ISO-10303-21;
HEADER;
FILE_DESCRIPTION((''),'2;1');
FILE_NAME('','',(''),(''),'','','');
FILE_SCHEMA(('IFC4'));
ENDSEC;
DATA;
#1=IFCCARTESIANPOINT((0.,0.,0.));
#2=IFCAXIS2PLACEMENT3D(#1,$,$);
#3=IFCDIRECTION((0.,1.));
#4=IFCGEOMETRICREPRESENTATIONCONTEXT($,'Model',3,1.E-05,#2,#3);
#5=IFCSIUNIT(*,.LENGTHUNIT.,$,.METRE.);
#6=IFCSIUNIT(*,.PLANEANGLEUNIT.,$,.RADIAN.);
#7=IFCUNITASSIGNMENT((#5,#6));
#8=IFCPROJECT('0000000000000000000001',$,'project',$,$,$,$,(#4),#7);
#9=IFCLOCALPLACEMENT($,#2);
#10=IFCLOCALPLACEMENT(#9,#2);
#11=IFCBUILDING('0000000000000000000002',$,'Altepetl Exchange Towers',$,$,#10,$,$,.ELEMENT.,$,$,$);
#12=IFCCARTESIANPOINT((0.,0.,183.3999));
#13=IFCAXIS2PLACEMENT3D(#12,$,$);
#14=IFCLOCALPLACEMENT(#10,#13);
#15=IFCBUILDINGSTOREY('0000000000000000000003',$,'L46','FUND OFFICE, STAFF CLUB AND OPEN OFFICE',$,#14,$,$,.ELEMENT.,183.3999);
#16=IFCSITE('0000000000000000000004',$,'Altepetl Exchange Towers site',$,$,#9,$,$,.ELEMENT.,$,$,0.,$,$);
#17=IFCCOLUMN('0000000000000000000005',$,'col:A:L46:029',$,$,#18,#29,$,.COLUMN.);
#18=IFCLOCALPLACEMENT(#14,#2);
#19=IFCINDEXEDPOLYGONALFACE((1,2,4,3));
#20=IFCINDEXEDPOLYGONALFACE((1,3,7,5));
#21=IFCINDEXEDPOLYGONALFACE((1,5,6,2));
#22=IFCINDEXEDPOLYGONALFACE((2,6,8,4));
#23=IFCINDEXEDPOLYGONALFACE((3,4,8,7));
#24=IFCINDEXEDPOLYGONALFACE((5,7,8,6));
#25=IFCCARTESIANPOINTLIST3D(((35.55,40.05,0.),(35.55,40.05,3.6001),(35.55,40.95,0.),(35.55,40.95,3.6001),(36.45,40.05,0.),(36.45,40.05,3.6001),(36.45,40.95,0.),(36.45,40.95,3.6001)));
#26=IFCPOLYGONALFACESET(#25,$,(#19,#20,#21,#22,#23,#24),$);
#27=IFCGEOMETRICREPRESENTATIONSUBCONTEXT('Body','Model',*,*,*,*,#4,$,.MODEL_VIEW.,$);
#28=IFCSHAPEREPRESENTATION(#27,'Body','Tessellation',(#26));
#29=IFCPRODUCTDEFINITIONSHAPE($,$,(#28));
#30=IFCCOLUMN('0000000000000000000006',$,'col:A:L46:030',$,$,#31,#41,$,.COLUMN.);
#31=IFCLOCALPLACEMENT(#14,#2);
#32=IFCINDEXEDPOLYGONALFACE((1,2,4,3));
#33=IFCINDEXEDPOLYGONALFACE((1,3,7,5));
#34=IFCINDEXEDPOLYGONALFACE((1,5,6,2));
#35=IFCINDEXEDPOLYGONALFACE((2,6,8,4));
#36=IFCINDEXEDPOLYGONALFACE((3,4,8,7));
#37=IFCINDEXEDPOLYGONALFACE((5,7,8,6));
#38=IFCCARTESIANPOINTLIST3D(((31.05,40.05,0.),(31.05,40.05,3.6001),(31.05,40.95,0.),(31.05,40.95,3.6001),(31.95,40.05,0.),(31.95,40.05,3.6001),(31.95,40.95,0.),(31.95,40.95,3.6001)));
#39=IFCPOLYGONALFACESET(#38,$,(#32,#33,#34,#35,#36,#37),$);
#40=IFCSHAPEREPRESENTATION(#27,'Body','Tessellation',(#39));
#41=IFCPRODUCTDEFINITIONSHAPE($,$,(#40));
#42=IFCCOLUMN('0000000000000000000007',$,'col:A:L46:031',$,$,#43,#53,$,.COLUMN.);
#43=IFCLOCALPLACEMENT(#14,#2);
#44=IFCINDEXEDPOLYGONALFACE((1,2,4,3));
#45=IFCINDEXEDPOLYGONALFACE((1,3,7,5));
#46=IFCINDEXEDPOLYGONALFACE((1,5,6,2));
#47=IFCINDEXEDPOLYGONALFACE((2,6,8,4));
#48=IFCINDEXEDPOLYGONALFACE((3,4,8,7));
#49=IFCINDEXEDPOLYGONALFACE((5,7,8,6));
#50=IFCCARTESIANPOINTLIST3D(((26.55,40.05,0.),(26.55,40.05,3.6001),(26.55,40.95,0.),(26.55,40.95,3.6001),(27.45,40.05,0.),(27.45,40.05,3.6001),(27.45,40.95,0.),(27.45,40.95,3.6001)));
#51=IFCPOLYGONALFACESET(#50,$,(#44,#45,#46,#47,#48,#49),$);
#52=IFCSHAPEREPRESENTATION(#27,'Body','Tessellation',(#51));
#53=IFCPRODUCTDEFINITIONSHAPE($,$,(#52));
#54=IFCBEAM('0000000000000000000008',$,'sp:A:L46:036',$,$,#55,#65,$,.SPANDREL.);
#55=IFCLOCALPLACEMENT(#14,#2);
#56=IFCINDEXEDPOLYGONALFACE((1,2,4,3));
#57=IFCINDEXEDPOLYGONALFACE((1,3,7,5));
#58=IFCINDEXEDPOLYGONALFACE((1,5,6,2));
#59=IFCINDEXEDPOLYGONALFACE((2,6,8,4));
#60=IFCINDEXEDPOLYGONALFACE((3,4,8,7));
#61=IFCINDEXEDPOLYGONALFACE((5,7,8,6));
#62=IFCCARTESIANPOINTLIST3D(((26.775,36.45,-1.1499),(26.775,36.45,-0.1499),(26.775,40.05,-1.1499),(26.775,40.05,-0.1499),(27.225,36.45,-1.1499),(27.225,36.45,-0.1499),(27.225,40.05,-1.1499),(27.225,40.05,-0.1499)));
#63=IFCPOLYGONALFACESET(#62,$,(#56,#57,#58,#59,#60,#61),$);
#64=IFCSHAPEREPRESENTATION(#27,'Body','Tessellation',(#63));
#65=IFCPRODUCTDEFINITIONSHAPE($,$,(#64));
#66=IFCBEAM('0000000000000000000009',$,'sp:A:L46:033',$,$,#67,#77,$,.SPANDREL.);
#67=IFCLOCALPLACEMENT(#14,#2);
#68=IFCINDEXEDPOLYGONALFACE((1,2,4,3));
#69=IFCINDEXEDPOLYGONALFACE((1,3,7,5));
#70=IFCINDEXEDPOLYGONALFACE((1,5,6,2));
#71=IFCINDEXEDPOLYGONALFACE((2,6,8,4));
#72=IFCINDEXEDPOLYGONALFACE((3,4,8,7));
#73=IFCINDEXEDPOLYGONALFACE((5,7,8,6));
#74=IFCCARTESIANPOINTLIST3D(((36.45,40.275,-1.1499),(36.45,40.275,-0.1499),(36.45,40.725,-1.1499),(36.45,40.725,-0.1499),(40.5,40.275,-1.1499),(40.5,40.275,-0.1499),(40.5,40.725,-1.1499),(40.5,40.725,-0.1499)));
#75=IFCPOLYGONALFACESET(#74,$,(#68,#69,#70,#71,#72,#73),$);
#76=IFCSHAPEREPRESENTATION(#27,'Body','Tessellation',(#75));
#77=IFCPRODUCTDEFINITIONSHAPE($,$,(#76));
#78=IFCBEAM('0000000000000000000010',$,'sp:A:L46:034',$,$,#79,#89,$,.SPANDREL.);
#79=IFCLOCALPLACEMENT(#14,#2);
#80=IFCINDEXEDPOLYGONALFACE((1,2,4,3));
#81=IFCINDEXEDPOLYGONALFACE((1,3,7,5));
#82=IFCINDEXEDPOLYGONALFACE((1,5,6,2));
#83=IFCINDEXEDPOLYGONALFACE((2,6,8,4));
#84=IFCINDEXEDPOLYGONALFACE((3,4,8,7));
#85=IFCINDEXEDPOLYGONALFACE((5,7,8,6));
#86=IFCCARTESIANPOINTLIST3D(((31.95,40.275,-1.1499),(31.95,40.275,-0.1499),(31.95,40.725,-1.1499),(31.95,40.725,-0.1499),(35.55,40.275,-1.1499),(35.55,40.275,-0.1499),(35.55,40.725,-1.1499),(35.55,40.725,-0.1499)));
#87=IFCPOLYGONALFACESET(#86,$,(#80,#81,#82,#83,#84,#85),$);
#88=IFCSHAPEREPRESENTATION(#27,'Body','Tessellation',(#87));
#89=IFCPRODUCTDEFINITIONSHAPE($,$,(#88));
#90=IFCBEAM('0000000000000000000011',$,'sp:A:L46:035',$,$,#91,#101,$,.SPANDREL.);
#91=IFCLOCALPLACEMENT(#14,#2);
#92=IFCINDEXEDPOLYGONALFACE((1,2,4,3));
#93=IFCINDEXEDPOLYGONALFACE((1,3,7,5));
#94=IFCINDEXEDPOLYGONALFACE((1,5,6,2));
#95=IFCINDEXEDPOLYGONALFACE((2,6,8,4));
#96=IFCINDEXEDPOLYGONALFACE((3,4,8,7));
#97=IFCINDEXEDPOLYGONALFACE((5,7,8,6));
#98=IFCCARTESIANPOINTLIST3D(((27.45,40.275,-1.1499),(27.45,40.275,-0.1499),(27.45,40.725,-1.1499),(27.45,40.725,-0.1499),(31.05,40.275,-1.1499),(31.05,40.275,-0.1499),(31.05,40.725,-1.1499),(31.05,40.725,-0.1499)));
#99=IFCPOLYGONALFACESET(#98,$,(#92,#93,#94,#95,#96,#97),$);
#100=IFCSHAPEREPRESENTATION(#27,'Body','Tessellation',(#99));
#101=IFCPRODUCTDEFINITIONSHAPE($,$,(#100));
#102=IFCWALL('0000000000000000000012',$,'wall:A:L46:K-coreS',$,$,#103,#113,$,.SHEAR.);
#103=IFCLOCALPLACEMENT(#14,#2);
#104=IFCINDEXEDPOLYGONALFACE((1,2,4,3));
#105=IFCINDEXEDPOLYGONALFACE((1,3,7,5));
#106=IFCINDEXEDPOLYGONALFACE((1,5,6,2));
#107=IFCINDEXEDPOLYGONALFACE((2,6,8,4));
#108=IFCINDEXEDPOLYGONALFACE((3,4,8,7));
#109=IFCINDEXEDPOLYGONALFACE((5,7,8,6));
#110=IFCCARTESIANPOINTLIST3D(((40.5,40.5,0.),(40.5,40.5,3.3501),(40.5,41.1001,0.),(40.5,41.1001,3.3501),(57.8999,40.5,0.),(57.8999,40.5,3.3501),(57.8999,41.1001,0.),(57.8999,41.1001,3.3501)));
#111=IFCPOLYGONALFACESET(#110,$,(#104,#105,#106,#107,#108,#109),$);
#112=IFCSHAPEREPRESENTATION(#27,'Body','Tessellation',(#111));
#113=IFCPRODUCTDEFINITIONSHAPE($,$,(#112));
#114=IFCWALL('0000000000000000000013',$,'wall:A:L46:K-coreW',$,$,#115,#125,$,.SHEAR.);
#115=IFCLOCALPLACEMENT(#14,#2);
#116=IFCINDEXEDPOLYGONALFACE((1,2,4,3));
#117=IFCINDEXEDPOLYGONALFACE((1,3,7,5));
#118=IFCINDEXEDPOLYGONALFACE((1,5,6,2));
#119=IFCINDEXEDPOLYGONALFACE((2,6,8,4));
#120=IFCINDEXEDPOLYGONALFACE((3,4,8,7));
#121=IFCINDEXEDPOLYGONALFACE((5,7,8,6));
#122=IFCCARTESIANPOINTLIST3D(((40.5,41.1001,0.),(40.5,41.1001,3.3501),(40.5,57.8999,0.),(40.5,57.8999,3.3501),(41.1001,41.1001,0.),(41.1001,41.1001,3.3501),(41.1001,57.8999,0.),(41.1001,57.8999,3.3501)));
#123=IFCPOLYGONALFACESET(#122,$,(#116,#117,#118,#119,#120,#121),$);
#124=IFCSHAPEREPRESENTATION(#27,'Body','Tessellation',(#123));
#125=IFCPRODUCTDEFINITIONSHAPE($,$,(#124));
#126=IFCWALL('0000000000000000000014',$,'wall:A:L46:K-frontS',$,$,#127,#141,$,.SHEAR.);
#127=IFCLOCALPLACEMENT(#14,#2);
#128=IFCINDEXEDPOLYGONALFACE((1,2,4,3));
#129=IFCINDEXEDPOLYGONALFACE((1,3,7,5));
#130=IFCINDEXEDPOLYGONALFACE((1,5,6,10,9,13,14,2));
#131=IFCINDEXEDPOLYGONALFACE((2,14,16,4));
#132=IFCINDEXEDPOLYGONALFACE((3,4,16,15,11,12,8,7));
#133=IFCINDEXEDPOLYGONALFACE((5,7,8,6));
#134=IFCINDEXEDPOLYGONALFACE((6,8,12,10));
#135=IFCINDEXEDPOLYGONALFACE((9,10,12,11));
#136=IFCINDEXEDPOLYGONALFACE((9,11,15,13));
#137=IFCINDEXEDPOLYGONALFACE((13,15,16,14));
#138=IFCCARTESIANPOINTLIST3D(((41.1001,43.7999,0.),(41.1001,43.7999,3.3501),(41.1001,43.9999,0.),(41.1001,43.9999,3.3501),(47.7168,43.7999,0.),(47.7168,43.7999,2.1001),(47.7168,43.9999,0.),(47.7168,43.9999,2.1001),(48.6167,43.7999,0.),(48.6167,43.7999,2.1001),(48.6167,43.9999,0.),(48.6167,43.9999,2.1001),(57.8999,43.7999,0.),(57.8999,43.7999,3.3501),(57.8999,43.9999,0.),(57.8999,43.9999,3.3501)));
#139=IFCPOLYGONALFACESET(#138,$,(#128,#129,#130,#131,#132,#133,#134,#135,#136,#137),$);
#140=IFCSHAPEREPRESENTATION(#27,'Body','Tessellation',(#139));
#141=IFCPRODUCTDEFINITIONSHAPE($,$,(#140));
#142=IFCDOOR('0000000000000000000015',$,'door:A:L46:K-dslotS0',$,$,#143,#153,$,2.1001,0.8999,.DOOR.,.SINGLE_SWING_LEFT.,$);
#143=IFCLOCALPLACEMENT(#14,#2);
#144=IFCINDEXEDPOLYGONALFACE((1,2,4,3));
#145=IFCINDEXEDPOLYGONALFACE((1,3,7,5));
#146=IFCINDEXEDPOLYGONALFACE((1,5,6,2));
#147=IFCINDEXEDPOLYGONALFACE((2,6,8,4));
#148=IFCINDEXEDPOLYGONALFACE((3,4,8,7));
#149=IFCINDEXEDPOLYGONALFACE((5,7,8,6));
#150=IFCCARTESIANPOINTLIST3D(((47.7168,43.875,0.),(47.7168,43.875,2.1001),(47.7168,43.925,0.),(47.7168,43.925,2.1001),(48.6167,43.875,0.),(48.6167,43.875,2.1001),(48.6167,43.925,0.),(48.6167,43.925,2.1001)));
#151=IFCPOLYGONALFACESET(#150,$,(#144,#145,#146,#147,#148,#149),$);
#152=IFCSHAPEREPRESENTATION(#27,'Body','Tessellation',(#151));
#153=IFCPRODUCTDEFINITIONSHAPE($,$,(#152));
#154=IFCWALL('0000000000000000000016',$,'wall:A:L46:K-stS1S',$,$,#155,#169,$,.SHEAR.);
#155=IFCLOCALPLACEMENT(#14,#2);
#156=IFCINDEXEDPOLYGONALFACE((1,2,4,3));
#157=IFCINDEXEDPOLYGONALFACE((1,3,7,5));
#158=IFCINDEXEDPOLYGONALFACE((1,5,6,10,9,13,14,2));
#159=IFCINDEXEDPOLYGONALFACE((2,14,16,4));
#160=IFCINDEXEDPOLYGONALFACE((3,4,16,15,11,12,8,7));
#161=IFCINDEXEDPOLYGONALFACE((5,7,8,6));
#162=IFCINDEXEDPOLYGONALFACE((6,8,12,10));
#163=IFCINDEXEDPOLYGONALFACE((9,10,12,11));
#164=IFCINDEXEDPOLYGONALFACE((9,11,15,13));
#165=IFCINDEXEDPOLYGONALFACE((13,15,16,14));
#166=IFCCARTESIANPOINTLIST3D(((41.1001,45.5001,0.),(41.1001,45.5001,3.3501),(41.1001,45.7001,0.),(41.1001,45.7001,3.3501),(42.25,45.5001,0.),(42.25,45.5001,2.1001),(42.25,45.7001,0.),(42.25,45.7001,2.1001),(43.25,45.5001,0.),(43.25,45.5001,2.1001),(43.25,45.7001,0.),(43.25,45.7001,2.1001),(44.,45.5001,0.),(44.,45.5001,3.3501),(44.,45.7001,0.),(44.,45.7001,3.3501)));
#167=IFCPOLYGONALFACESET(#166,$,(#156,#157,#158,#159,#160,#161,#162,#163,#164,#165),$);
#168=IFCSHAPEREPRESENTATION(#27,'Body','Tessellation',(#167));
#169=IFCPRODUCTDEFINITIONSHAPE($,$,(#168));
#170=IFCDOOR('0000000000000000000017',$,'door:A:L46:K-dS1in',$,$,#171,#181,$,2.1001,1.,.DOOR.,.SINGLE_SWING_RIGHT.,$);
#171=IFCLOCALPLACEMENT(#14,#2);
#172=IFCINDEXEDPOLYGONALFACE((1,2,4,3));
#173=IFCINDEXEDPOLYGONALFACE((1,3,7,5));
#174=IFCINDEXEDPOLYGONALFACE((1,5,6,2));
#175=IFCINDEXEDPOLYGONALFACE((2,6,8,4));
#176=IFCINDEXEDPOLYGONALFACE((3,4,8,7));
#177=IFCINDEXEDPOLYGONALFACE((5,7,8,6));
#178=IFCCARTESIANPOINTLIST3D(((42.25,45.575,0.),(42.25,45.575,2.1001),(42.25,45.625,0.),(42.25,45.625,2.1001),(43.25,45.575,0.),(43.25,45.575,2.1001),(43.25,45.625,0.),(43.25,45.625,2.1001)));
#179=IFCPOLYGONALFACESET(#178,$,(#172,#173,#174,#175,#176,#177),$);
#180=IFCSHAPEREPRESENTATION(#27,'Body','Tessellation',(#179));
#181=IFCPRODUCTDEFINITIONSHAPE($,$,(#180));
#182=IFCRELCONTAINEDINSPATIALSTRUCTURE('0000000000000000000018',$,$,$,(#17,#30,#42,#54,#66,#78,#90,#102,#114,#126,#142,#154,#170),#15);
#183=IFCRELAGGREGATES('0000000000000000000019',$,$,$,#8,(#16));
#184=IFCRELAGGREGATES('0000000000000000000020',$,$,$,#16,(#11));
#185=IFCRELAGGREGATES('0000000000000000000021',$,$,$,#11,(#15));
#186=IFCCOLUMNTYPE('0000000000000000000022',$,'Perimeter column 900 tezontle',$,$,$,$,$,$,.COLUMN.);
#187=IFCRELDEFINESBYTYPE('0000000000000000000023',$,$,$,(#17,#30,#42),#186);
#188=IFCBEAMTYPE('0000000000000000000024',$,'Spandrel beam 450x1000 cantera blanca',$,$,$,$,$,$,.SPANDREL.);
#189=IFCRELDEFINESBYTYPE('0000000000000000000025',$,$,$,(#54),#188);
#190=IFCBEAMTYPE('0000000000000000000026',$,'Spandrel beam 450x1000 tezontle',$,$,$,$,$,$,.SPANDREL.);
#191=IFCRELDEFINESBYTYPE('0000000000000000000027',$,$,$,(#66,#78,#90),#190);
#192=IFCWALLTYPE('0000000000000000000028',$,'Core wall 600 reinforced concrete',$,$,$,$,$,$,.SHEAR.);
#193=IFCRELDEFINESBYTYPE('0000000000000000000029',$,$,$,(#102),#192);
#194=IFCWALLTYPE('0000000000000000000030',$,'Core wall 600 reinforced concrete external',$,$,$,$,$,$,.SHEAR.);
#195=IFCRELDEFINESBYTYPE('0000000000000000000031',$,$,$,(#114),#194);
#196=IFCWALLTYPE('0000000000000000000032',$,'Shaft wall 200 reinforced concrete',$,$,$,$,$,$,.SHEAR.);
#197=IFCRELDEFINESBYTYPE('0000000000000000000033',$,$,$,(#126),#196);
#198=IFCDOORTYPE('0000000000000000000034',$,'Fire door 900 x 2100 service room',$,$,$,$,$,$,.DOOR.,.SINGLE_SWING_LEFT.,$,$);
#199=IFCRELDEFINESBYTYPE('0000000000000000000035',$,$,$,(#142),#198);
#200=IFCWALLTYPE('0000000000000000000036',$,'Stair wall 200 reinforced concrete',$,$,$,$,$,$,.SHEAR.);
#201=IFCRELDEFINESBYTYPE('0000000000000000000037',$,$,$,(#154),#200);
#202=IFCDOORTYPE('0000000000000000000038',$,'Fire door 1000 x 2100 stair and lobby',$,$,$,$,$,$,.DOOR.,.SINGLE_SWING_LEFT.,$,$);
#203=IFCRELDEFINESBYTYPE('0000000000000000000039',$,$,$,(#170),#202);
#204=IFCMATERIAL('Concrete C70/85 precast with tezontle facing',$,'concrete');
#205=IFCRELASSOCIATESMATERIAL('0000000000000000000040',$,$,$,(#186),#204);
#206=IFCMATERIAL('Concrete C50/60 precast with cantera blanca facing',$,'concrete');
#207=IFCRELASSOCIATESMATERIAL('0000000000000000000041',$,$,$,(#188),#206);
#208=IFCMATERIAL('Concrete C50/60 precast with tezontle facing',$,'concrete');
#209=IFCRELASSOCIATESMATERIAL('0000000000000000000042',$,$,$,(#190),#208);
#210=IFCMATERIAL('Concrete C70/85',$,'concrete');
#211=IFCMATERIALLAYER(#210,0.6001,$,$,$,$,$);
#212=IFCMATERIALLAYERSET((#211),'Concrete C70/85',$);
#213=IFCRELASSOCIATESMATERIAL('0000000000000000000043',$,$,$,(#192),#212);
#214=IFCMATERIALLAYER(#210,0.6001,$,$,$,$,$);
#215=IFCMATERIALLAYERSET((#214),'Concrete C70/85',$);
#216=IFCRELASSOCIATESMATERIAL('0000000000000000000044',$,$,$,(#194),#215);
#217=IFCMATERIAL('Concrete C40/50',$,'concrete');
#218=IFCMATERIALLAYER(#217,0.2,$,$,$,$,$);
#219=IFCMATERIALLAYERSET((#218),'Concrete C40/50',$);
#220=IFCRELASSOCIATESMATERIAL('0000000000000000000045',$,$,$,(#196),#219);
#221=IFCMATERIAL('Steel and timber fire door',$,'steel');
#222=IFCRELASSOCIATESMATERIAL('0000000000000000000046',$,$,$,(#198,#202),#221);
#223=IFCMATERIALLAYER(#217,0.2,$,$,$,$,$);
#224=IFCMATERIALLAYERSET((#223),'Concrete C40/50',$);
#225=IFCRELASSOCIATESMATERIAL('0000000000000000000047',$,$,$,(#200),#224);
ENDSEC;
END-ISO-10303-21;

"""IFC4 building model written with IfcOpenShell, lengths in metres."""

from ifc_helpers import new_model, si_unit, direction, frame, frame_2d, origin, origin_2d, place, context, subcontext, project, spatial, rectangle, extrude, material, layer, layer_set, material_profile, profile_set, type_object, element, fill, save


model = new_model("IFC4")

# Units and contexts
model_context = context("Model", 3, precision=1e-05, world=origin(), true_north=direction((0.0, 1.0)))
body_context = subcontext(model_context, "Body", "Model", "MODEL_VIEW")
ifc_project = project(units=[si_unit("LENGTHUNIT", "METRE"), si_unit("PLANEANGLEUNIT", "RADIAN")], contexts=[model_context])

# Site, building, storey
site_placement = place(None, origin())
site = spatial("IfcSite", under=ifc_project, at=site_placement, Name="Altepetl Exchange Towers site", CompositionType="ELEMENT", RefElevation=0.0)
building_placement = place(site_placement, origin())
building = spatial("IfcBuilding", under=site, at=building_placement, Name="Altepetl Exchange Towers", CompositionType="ELEMENT")
storey_placement = place(building_placement, frame((0.0, 0.0, 183.3999)))
storey = spatial("IfcBuildingStorey", under=building, at=storey_placement, Name="L46", Description="FUND OFFICE, STAFF CLUB AND OPEN OFFICE", CompositionType="ELEMENT", Elevation=183.3999)

# Columns
ifc_material_1 = material(Name="Concrete C70/85 precast with tezontle facing", Category="concrete")
ifc_material_profile_1 = material_profile(ifc_material_1, rectangle(XDim=0.8999, YDim=0.8999, at=origin_2d()), Name="900 x 900")
ifc_profile_set_1 = profile_set([ifc_material_profile_1], Name="Concrete C70/85 precast with tezontle facing")
column_type = type_object("IfcColumnType", Name="Perimeter column 900 tezontle", PredefinedType="COLUMN", material=ifc_profile_set_1)
for number, where, name in (
    (1, (36.0, 40.5, 0.0), "col:A:L46:029"),
    (2, (31.5, 40.5, 0.0), "col:A:L46:030"),
    (3, (27.0, 40.5, 0.0), "col:A:L46:031"),
):
    element("IfcColumn", number, at=place(storey_placement, frame(where)), inside=storey, type_object=column_type, Name=name, PredefinedType="COLUMN", context=body_context, shape_type="SweptSolid", body=[
        extrude(rectangle(XDim=0.8999, YDim=0.8999, at=origin_2d()), origin(), (0.0, 0.0, 1.0), 3.6001),
    ])

# Beams
ifc_material_2 = material(Name="Concrete C50/60 precast with cantera blanca facing", Category="concrete")
ifc_material_profile_2 = material_profile(ifc_material_2, rectangle(XDim=0.45, YDim=1.0, at=origin_2d()), Name="450 x 1000")
ifc_profile_set_2 = profile_set([ifc_material_profile_2], Name="Concrete C50/60 precast with cantera blanca facing")
beam_type_1 = type_object("IfcBeamType", Name="Spandrel beam 450x1000 cantera blanca", PredefinedType="SPANDREL", material=ifc_profile_set_2)
beam_1_placement = place(storey_placement, frame((27.0, 40.05, -0.6499), z_axis=(0.0, -1.0, 0.0), x_axis=(1.0, 0.0, 0.0)))
element("IfcBeam", 4, at=beam_1_placement, inside=storey, type_object=beam_type_1, Name="sp:A:L46:036", PredefinedType="SPANDREL", context=body_context, shape_type="SweptSolid", body=[
    extrude(rectangle(XDim=0.45, YDim=1.0, at=origin_2d()), origin(), (0.0, 0.0, 1.0), 3.6001),
])
ifc_material_3 = material(Name="Concrete C50/60 precast with tezontle facing", Category="concrete")
ifc_material_profile_3 = material_profile(ifc_material_3, rectangle(XDim=0.45, YDim=1.0, at=origin_2d()), Name="450 x 1000")
ifc_profile_set_3 = profile_set([ifc_material_profile_3], Name="Concrete C50/60 precast with tezontle facing")
beam_type_2 = type_object("IfcBeamType", Name="Spandrel beam 450x1000 tezontle", PredefinedType="SPANDREL", material=ifc_profile_set_3)
beam_2_placement = place(storey_placement, frame((40.5, 40.5, -0.6499), z_axis=(-1.0, 0.0, 0.0), x_axis=(0.0, -1.0, 0.0)))
element("IfcBeam", 5, at=beam_2_placement, inside=storey, type_object=beam_type_2, Name="sp:A:L46:033", PredefinedType="SPANDREL", context=body_context, shape_type="SweptSolid", body=[
    extrude(rectangle(XDim=0.45, YDim=1.0, at=origin_2d()), origin(), (0.0, 0.0, 1.0), 4.05),
])
for number, where, z_axis, x_axis, name in (
    (6, (35.55, 40.5, -0.6499), (-1.0, 0.0, 0.0), (0.0, -1.0, 0.0), "sp:A:L46:034"),
    (7, (31.05, 40.5, -0.6499), (-1.0, 0.0, 0.0), (0.0, -1.0, 0.0), "sp:A:L46:035"),
):
    element("IfcBeam", number, at=place(storey_placement, frame(where, z_axis=z_axis, x_axis=x_axis)), inside=storey, type_object=beam_type_2, Name=name, PredefinedType="SPANDREL", context=body_context, shape_type="SweptSolid", body=[
        extrude(rectangle(XDim=0.45, YDim=1.0, at=origin_2d()), origin(), (0.0, 0.0, 1.0), 3.6001),
    ])

# Walls
ifc_material_4 = material(Name="Concrete C70/85", Category="concrete")
ifc_layer_1 = layer(ifc_material_4, 0.6001)
ifc_layer_set_1 = layer_set([ifc_layer_1], Name="Concrete C70/85")
wall_type_1 = type_object("IfcWallType", Name="Core wall 600 reinforced concrete", PredefinedType="SHEAR", material=ifc_layer_set_1)
wall_1_placement = place(storey_placement, frame((40.5, 40.8, 0.0)))
element("IfcWall", 8, at=wall_1_placement, inside=storey, type_object=wall_type_1, Name="wall:A:L46:K-coreS", PredefinedType="SHEAR", context=body_context, shape_type="SweptSolid", body=[
    extrude(rectangle(XDim=17.3999, YDim=0.6001, at=frame_2d((8.7, 0.0))), origin(), (0.0, 0.0, 1.0), 3.3501),
])
ifc_layer_2 = layer(ifc_material_4, 0.6001)
ifc_layer_set_2 = layer_set([ifc_layer_2], Name="Concrete C70/85")
wall_type_2 = type_object("IfcWallType", Name="Core wall 600 reinforced concrete external", PredefinedType="SHEAR", material=ifc_layer_set_2)
wall_2_placement = place(storey_placement, frame((40.8, 41.1001, 0.0), z_axis=(0.0, 0.0, 1.0), x_axis=(0.0, 1.0, 0.0)))
element("IfcWall", 9, at=wall_2_placement, inside=storey, type_object=wall_type_2, Name="wall:A:L46:K-coreW", PredefinedType="SHEAR", context=body_context, shape_type="SweptSolid", body=[
    extrude(rectangle(XDim=16.7998, YDim=0.6001, at=frame_2d((8.3999, 0.0))), origin(), (0.0, 0.0, 1.0), 3.3501),
])

# Walls, openings, doors
ifc_material_5 = material(Name="Concrete C40/50", Category="concrete")
ifc_layer_3 = layer(ifc_material_5, 0.2)
ifc_layer_set_3 = layer_set([ifc_layer_3], Name="Concrete C40/50")
wall_type_3 = type_object("IfcWallType", Name="Shaft wall 200 reinforced concrete", PredefinedType="SHEAR", material=ifc_layer_set_3)
wall_3_placement = place(storey_placement, frame((41.1001, 43.8999, 0.0)))
wall_3 = element("IfcWall", 10, at=wall_3_placement, inside=storey, type_object=wall_type_3, Name="wall:A:L46:K-frontS", PredefinedType="SHEAR", context=body_context, shape_type="SweptSolid", body=[
    extrude(rectangle(XDim=16.7998, YDim=0.2, at=frame_2d((8.3999, 0.0))), origin(), (0.0, 0.0, 1.0), 3.3501),
])
opening_1_placement = place(wall_3_placement, frame((6.6167, 0.0, 0.0)))
opening_1 = element("IfcOpeningElement", 11, at=opening_1_placement, cuts=wall_3, PredefinedType="OPENING", context=body_context, shape_type="SweptSolid", body=[
    extrude(rectangle(XDim=0.8999, YDim=2.1001, at=frame_2d((0.45, 1.05))), frame((0.0, 0.1099, 0.0), z_axis=(0.0, -1.0, 0.0), x_axis=(1.0, 0.0, 0.0)), (0.0, 0.0, 1.0), 0.22),
])
ifc_material_6 = material(Name="Steel and timber fire door", Category="steel")
door_type_1 = type_object("IfcDoorType", Name="Fire door 900 x 2100 service room", OperationType="SINGLE_SWING_LEFT", PredefinedType="DOOR", material=ifc_material_6)
door_1_placement = place(opening_1_placement, frame((0.8999, 0.0, 0.0), x_axis=(-1.0, 0.0, 0.0)))
door_1 = element("IfcDoor", 12, at=door_1_placement, inside=storey, type_object=door_type_1, Name="door:A:L46:K-dslotS0", OperationType="SINGLE_SWING_LEFT", OverallHeight=2.1001, OverallWidth=0.8999, PredefinedType="DOOR", context=body_context, shape_type="SweptSolid", body=[
    extrude(rectangle(XDim=0.8999, YDim=2.1001, at=frame_2d((0.45, 1.05))), frame((0.0, 0.0249, 0.0), z_axis=(0.0, -1.0, 0.0), x_axis=(1.0, 0.0, 0.0)), (0.0, 0.0, 1.0), 0.05),
])
fill(opening_1, door_1)
ifc_layer_4 = layer(ifc_material_5, 0.2)
ifc_layer_set_4 = layer_set([ifc_layer_4], Name="Concrete C40/50")
wall_type_4 = type_object("IfcWallType", Name="Stair wall 200 reinforced concrete", PredefinedType="SHEAR", material=ifc_layer_set_4)
wall_4_placement = place(storey_placement, frame((41.1001, 45.6001, 0.0)))
wall_4 = element("IfcWall", 13, at=wall_4_placement, inside=storey, type_object=wall_type_4, Name="wall:A:L46:K-stS1S", PredefinedType="SHEAR", context=body_context, shape_type="SweptSolid", body=[
    extrude(rectangle(XDim=2.8999, YDim=0.2, at=frame_2d((1.45, 0.0))), origin(), (0.0, 0.0, 1.0), 3.3501),
])
opening_2_placement = place(wall_4_placement, frame((1.1499, 0.0, 0.0)))
opening_2 = element("IfcOpeningElement", 14, at=opening_2_placement, cuts=wall_4, PredefinedType="OPENING", context=body_context, shape_type="SweptSolid", body=[
    extrude(rectangle(XDim=1.0, YDim=2.1001, at=frame_2d((0.5, 1.05))), frame((0.0, 0.1099, 0.0), z_axis=(0.0, -1.0, 0.0), x_axis=(1.0, 0.0, 0.0)), (0.0, 0.0, 1.0), 0.22),
])
door_type_2 = type_object("IfcDoorType", Name="Fire door 1000 x 2100 stair and lobby", OperationType="SINGLE_SWING_LEFT", PredefinedType="DOOR", material=ifc_material_6)
door_2_placement = place(opening_2_placement, origin())
door_2 = element("IfcDoor", 15, at=door_2_placement, inside=storey, type_object=door_type_2, Name="door:A:L46:K-dS1in", OperationType="SINGLE_SWING_RIGHT", OverallHeight=2.1001, OverallWidth=1.0, PredefinedType="DOOR", context=body_context, shape_type="SweptSolid", body=[
    extrude(rectangle(XDim=1.0, YDim=2.1001, at=frame_2d((0.5, 1.05))), frame((0.0, 0.0249, 0.0), z_axis=(0.0, -1.0, 0.0), x_axis=(1.0, 0.0, 0.0)), (0.0, 0.0, 1.0), 0.05),
])
fill(opening_2, door_2)

save(model, "model.ifc")
